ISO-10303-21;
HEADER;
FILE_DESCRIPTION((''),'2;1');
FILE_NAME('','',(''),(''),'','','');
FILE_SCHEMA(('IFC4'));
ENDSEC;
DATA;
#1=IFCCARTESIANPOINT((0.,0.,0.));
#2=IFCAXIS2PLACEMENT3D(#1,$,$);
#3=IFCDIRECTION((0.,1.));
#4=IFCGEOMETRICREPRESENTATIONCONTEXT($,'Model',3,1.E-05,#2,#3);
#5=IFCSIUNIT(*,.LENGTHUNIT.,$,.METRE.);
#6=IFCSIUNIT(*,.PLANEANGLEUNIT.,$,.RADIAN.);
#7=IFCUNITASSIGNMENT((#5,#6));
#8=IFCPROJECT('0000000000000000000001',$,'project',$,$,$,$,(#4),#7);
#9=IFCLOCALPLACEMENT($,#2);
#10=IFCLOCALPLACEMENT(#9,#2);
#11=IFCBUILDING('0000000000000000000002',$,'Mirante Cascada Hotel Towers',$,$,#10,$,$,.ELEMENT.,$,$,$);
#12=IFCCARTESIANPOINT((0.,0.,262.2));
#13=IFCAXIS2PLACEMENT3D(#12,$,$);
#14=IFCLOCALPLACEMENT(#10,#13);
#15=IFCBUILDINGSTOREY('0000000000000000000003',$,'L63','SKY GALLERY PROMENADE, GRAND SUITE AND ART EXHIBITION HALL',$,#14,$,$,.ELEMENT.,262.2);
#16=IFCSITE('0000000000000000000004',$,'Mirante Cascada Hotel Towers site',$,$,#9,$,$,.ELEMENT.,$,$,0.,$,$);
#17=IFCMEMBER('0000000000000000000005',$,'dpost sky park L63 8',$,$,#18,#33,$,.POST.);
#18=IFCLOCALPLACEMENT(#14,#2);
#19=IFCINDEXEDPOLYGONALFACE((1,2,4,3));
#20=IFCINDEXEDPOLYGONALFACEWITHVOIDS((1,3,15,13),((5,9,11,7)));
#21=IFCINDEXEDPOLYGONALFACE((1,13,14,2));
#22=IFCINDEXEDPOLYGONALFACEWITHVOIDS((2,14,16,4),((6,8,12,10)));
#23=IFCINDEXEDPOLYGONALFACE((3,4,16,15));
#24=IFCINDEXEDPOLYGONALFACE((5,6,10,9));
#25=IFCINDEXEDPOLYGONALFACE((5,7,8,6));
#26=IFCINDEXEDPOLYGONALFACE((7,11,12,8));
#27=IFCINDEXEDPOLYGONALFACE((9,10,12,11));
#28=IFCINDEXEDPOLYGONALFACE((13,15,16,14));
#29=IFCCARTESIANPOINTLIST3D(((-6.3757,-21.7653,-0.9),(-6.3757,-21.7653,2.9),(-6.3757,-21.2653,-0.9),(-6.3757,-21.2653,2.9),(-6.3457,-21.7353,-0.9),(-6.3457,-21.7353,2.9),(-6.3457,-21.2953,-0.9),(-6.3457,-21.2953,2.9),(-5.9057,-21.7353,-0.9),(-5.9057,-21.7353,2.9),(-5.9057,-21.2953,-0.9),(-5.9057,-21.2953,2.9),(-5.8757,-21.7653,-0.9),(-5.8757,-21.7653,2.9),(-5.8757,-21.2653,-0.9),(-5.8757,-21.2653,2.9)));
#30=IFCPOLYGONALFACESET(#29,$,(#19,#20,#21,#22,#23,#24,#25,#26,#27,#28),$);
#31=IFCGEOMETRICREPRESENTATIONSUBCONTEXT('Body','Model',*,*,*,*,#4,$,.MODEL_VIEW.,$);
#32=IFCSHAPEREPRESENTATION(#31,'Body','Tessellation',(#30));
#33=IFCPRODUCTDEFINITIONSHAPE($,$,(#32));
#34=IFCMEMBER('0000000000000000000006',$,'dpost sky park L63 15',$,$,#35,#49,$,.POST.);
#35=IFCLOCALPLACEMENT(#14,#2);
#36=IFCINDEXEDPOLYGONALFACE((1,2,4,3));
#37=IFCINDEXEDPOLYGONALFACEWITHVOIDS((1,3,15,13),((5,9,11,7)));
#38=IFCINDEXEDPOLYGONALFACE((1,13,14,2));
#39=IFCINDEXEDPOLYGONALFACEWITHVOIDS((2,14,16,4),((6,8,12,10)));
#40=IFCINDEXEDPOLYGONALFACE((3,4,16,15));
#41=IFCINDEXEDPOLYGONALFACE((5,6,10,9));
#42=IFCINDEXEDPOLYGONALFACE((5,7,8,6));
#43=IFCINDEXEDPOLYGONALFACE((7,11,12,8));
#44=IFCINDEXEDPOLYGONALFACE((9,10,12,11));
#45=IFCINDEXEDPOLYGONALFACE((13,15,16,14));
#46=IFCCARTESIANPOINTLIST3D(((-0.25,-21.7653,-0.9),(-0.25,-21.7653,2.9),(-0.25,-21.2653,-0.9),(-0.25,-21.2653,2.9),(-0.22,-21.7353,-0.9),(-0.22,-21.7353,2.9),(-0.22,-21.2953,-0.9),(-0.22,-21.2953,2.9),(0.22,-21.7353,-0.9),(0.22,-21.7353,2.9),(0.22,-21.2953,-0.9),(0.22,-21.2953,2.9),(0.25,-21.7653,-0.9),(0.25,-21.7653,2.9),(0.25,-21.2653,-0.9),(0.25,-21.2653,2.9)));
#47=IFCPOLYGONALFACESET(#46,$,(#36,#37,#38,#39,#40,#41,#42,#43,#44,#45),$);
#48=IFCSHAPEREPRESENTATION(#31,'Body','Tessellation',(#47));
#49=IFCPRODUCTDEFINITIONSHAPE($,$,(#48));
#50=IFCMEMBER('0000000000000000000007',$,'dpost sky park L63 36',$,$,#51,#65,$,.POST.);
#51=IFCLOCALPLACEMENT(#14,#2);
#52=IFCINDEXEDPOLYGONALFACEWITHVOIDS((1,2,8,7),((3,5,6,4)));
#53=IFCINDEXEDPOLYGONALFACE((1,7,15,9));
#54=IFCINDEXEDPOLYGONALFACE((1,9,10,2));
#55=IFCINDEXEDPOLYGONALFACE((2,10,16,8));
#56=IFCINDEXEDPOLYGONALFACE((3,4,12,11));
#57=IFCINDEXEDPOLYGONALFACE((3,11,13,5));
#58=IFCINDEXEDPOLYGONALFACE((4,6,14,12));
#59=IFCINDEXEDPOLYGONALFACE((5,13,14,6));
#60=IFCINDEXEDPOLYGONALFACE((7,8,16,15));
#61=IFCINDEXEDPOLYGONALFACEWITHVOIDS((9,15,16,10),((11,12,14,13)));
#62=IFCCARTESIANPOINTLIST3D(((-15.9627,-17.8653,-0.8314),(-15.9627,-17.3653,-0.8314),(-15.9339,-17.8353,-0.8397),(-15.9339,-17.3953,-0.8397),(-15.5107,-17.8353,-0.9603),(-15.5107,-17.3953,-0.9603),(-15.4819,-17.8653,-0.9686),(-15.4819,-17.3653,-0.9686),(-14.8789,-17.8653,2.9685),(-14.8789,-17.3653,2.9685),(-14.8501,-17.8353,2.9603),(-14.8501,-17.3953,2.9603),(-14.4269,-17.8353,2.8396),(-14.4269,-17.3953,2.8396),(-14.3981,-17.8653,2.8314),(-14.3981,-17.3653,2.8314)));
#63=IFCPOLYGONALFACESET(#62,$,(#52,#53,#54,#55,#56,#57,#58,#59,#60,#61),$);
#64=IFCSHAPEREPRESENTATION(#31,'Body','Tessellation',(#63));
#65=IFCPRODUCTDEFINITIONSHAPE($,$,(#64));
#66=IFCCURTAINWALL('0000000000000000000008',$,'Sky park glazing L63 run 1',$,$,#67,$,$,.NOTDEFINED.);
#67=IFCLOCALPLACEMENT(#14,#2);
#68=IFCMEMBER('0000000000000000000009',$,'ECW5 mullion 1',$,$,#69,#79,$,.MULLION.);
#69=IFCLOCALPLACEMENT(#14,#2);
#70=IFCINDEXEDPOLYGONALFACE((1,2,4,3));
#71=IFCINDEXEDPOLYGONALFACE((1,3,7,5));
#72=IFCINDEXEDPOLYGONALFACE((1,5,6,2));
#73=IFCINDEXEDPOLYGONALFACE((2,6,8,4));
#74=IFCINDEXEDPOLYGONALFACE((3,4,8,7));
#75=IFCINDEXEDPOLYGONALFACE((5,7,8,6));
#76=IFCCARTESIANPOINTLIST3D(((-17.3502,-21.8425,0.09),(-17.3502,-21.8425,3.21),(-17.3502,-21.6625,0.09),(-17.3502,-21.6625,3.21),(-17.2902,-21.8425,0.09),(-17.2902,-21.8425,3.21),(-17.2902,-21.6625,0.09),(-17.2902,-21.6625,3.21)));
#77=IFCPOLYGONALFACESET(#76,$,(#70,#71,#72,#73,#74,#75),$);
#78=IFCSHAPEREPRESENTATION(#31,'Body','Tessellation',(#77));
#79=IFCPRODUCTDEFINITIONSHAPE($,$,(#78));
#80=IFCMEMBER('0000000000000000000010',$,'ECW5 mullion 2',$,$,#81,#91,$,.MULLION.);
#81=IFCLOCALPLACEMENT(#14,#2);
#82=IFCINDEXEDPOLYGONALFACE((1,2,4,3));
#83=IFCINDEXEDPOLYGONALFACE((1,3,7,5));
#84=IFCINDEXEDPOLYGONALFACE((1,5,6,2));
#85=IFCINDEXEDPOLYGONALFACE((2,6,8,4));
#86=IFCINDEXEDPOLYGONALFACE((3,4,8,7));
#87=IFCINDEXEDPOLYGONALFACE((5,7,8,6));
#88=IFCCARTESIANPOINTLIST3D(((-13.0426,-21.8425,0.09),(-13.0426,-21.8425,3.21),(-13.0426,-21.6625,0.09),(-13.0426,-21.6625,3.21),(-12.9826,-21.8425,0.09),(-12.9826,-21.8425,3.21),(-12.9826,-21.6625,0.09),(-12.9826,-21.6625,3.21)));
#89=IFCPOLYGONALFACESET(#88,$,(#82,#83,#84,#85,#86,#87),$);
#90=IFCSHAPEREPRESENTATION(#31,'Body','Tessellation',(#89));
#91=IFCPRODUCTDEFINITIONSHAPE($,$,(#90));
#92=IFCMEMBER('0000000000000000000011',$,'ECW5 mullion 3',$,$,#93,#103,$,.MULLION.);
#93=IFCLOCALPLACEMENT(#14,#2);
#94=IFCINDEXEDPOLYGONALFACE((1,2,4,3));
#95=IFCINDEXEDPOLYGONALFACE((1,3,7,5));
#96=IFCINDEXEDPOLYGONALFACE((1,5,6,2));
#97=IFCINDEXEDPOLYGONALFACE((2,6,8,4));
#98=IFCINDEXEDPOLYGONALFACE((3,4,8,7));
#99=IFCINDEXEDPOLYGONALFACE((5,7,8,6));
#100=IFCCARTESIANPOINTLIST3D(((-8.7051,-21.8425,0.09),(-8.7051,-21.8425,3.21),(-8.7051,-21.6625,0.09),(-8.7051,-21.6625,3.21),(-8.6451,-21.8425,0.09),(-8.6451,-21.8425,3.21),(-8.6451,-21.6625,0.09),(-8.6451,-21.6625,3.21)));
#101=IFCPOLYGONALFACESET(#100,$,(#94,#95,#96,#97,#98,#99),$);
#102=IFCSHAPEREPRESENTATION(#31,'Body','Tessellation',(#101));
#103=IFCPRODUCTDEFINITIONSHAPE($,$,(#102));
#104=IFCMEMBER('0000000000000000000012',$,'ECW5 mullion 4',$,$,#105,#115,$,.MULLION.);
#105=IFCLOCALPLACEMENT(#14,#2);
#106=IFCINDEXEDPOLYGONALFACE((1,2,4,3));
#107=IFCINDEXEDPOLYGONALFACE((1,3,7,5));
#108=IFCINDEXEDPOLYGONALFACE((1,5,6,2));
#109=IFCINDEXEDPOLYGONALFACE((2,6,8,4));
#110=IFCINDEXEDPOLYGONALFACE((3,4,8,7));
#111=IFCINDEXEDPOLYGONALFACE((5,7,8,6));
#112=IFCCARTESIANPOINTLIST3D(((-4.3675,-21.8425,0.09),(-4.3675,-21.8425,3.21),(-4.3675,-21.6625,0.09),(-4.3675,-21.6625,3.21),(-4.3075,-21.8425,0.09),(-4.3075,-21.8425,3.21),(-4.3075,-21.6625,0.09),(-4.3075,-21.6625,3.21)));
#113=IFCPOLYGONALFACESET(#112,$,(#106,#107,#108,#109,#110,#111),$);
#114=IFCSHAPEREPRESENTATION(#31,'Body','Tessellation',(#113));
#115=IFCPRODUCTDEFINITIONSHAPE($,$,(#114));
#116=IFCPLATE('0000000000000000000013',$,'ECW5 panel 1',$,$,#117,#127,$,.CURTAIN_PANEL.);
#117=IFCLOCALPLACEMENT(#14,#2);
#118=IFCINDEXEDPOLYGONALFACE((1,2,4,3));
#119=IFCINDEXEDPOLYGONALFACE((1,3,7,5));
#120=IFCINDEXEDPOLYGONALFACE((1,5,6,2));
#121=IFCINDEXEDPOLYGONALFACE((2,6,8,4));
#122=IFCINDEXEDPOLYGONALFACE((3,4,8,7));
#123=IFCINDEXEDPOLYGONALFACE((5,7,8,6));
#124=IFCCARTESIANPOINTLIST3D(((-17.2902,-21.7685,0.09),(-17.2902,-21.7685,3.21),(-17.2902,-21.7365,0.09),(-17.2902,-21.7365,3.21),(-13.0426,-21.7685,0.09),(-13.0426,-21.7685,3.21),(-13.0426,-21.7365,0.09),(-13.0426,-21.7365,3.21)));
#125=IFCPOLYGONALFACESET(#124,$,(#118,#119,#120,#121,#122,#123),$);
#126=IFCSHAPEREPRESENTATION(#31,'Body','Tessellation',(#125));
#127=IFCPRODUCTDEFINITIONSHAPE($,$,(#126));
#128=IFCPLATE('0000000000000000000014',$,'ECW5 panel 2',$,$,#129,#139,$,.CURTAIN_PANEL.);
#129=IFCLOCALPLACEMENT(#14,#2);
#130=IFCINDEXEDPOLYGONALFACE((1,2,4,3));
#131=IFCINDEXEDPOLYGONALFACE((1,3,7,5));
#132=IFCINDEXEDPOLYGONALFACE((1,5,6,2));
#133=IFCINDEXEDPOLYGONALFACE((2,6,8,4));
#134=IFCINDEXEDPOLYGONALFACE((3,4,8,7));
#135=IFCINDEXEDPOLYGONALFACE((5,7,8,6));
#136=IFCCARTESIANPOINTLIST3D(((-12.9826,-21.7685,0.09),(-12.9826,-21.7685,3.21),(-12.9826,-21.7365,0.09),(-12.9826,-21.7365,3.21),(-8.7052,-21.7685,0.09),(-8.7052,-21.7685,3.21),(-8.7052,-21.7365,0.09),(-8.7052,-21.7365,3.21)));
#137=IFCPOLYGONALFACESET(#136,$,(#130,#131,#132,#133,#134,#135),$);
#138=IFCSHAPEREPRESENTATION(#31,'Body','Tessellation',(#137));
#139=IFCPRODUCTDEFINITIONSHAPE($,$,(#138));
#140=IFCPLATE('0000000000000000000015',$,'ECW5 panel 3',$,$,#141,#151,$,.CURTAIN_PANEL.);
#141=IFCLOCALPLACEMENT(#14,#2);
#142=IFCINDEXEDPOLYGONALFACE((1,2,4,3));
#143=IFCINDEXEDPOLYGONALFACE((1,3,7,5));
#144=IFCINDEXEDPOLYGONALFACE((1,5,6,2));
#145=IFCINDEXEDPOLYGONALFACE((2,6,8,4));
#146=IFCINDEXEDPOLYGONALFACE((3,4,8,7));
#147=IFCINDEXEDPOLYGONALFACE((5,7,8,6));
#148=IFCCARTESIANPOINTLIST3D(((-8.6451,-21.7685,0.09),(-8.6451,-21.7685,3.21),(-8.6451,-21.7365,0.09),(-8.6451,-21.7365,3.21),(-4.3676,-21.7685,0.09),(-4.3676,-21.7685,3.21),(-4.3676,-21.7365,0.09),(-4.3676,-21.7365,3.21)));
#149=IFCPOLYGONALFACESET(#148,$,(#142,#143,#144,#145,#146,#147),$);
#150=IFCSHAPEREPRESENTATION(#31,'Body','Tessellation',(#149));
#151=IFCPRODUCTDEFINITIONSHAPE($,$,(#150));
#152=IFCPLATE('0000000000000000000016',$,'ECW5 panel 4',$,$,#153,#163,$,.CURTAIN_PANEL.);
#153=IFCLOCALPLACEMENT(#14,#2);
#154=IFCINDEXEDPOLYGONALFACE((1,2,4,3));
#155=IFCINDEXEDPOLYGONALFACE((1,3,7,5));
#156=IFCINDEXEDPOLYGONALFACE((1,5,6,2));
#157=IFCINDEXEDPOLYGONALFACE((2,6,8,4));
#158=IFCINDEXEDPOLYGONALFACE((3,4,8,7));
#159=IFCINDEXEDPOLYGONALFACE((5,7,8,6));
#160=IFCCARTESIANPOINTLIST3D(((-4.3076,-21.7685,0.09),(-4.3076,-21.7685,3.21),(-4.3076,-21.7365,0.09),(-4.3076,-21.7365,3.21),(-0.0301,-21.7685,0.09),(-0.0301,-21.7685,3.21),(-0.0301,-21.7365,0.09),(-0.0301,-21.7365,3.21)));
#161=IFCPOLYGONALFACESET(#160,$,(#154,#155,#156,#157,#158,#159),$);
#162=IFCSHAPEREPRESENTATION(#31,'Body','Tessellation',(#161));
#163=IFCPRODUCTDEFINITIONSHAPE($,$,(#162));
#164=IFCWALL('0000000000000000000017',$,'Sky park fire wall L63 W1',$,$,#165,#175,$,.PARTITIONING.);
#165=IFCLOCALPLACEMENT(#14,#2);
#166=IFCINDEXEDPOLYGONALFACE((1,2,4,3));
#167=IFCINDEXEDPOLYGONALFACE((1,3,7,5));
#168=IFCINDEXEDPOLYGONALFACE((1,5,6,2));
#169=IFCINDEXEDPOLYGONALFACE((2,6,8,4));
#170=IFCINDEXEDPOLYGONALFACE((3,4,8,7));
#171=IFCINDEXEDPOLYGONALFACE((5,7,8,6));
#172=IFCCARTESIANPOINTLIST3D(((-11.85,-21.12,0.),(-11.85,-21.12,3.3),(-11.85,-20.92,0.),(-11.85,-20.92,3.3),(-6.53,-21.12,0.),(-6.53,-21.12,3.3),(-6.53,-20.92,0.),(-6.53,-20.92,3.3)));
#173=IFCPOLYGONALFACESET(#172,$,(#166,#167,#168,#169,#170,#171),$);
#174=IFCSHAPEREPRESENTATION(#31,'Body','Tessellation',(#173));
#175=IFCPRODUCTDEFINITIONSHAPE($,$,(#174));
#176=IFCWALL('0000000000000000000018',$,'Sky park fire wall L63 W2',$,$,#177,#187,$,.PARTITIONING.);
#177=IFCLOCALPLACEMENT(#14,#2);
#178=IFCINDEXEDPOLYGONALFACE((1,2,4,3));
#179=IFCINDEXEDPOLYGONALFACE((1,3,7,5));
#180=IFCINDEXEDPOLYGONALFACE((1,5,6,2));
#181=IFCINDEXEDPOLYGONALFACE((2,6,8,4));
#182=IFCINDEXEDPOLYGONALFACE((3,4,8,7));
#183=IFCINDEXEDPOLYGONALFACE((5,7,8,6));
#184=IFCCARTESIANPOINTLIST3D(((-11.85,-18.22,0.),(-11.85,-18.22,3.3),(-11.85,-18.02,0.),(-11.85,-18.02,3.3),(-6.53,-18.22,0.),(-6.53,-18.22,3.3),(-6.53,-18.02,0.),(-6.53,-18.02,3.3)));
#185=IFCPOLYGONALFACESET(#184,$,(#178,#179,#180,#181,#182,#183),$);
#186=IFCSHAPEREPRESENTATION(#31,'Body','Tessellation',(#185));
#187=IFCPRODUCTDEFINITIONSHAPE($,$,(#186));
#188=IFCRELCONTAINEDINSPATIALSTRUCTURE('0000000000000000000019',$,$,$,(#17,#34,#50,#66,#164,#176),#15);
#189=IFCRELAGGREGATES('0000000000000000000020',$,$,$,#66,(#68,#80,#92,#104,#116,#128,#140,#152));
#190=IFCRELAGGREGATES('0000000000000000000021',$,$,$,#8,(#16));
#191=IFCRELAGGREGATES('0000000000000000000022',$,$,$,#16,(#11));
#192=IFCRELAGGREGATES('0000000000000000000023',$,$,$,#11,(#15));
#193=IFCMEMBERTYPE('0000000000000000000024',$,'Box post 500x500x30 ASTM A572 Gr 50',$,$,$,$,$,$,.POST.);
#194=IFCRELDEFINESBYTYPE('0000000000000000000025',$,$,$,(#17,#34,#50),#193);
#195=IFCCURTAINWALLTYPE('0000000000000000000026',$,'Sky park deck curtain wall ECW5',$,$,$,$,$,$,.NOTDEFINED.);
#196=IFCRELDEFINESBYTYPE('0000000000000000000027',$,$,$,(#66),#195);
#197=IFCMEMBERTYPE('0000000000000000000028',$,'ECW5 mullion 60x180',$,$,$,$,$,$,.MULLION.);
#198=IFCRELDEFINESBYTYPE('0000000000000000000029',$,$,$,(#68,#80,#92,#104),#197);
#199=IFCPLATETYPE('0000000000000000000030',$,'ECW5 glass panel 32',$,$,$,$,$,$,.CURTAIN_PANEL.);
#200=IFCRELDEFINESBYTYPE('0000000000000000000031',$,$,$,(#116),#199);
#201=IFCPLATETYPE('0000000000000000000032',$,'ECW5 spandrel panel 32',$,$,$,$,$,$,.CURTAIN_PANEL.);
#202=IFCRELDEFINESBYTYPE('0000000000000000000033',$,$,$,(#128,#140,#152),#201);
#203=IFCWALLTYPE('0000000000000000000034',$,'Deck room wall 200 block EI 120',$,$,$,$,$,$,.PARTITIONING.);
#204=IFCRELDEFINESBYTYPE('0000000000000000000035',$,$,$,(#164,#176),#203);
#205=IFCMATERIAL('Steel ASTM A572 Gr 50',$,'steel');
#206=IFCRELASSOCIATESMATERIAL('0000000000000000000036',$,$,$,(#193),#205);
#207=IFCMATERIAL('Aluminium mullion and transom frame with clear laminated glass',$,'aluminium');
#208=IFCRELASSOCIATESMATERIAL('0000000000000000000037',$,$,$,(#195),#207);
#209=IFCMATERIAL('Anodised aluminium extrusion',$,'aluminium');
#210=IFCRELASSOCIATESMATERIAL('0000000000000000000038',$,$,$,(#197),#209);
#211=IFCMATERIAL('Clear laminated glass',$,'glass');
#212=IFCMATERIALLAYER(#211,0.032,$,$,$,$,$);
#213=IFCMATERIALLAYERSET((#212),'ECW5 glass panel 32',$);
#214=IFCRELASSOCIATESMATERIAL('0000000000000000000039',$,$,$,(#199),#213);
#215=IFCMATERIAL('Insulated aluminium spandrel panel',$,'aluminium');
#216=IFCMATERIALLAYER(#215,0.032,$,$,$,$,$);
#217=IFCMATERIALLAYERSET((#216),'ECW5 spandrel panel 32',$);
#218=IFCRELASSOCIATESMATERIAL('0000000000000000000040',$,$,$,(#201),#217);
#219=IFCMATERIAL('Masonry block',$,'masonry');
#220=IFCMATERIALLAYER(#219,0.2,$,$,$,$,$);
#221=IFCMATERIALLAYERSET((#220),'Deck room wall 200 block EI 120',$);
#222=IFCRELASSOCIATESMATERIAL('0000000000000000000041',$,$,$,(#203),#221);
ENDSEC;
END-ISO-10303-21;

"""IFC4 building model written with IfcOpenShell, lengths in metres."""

from ifc_helpers import new_model, si_unit, direction, frame, frame_2d, origin, origin_2d, place, context, subcontext, project, spatial, rectangle, hollow_rectangle, extrude, material, layer, layer_set, material_profile, profile_set, type_object, element, aggregate, save


model = new_model("IFC4")

# Units and contexts
model_context = context("Model", 3, precision=1e-05, world=origin(), true_north=direction((0.0, 1.0)))
body_context = subcontext(model_context, "Body", "Model", "MODEL_VIEW")
ifc_project = project(units=[si_unit("LENGTHUNIT", "METRE"), si_unit("PLANEANGLEUNIT", "RADIAN")], contexts=[model_context])

# Site, building, storey
site_placement = place(None, origin())
site = spatial("IfcSite", under=ifc_project, at=site_placement, Name="Mirante Cascada Hotel Towers site", CompositionType="ELEMENT", RefElevation=0.0)
building_placement = place(site_placement, origin())
building = spatial("IfcBuilding", under=site, at=building_placement, Name="Mirante Cascada Hotel Towers", CompositionType="ELEMENT")
storey_placement = place(building_placement, frame((0.0, 0.0, 262.2)))
storey = spatial("IfcBuildingStorey", under=building, at=storey_placement, Name="L63", Description="SKY GALLERY PROMENADE, GRAND SUITE AND ART EXHIBITION HALL", CompositionType="ELEMENT", Elevation=262.2)

# Members
ifc_material_1 = material(Name="Steel ASTM A572 Gr 50", Category="steel")
ifc_material_profile_1 = material_profile(ifc_material_1, hollow_rectangle(XDim=0.5, YDim=0.5, WallThickness=0.03, at=origin_2d()), Name="Box post 500x500x30 ASTM A572 Gr 50")
ifc_profile_set_1 = profile_set([ifc_material_profile_1], Name="Steel ASTM A572 Gr 50")
member_type_1 = type_object("IfcMemberType", Name="Box post 500x500x30 ASTM A572 Gr 50", PredefinedType="POST", material=ifc_profile_set_1)
for number, where, z_axis, x_axis, name in (
    (1, (-6.1257, -21.5153, -0.9), (0.0, 0.0, 1.0), (1.0, 0.0, 0.0), "dpost sky park L63 8"),
    (2, (0.0, -21.5153, -0.9), (0.0, 0.0, 1.0), (1.0, 0.0, 0.0), "dpost sky park L63 15"),
):
    element("IfcMember", number, at=place(storey_placement, frame(where, z_axis=z_axis, x_axis=x_axis)), inside=storey, type_object=member_type_1, Name=name, PredefinedType="POST", context=body_context, shape_type="SweptSolid", body=[
        extrude(hollow_rectangle(XDim=0.5, YDim=0.5, WallThickness=0.03, at=origin_2d()), origin(), (0.0, 0.0, 1.0), 3.8),
    ])
member_1_placement = place(storey_placement, frame((-15.7223, -17.6153, -0.9), z_axis=(0.274273, 0.0, 0.961652), x_axis=(0.0, 1.0, 0.0)))
element("IfcMember", 3, at=member_1_placement, inside=storey, type_object=member_type_1, Name="dpost sky park L63 36", PredefinedType="POST", context=body_context, shape_type="SweptSolid", body=[
    extrude(hollow_rectangle(XDim=0.5, YDim=0.5, WallThickness=0.03, at=origin_2d()), origin(), (0.0, 0.0, 1.0), 3.9515),
])

# Curtain wall, members, plates
ifc_material_2 = material(Name="Aluminium mullion and transom frame with clear laminated glass", Category="aluminium")
curtain_wall_type = type_object("IfcCurtainWallType", Name="Sky park deck curtain wall ECW5", PredefinedType="NOTDEFINED", material=ifc_material_2)
curtain_wall_placement = place(storey_placement, origin())
curtain_wall = element("IfcCurtainWall", 4, at=curtain_wall_placement, inside=storey, type_object=curtain_wall_type, Name="Sky park glazing L63 run 1", PredefinedType="NOTDEFINED")
ifc_material_3 = material(Name="Anodised aluminium extrusion", Category="aluminium")
ifc_material_profile_2 = material_profile(ifc_material_3, rectangle(XDim=0.18, YDim=0.06, at=origin_2d()), Name="ECW5 MULLION 60x180")
ifc_profile_set_2 = profile_set([ifc_material_profile_2], Name="Anodised aluminium extrusion")
member_type_2 = type_object("IfcMemberType", Name="ECW5 mullion 60x180", PredefinedType="MULLION", material=ifc_profile_set_2)
member_2_placement = place(storey_placement, frame((-17.3202, -21.7525, 0.09), z_axis=(0.0, 0.0, 1.0), x_axis=(0.0, 1.0, 0.0)))
member_2 = element("IfcMember", 5, at=member_2_placement, type_object=member_type_2, Name="ECW5 mullion 1", PredefinedType="MULLION", context=body_context, shape_type="SweptSolid", body=[
    extrude(rectangle(XDim=0.18, YDim=0.06, at=origin_2d()), origin(), (0.0, 0.0, 1.0), 3.12),
])
member_3_placement = place(storey_placement, frame((-13.0126, -21.7525, 0.09), z_axis=(0.0, 0.0, 1.0), x_axis=(0.0, 1.0, 0.0)))
member_3 = element("IfcMember", 6, at=member_3_placement, type_object=member_type_2, Name="ECW5 mullion 2", PredefinedType="MULLION", context=body_context, shape_type="SweptSolid", body=[
    extrude(rectangle(XDim=0.18, YDim=0.06, at=origin_2d()), origin(), (0.0, 0.0, 1.0), 3.12),
])
member_4_placement = place(storey_placement, frame((-8.6751, -21.7525, 0.09), z_axis=(0.0, 0.0, 1.0), x_axis=(0.0, 1.0, 0.0)))
member_4 = element("IfcMember", 7, at=member_4_placement, type_object=member_type_2, Name="ECW5 mullion 3", PredefinedType="MULLION", context=body_context, shape_type="SweptSolid", body=[
    extrude(rectangle(XDim=0.18, YDim=0.06, at=origin_2d()), origin(), (0.0, 0.0, 1.0), 3.12),
])
member_5_placement = place(storey_placement, frame((-4.3375, -21.7525, 0.09), z_axis=(0.0, 0.0, 1.0), x_axis=(0.0, 1.0, 0.0)))
member_5 = element("IfcMember", 8, at=member_5_placement, type_object=member_type_2, Name="ECW5 mullion 4", PredefinedType="MULLION", context=body_context, shape_type="SweptSolid", body=[
    extrude(rectangle(XDim=0.18, YDim=0.06, at=origin_2d()), origin(), (0.0, 0.0, 1.0), 3.12),
])
ifc_material_4 = material(Name="Clear laminated glass", Category="glass")
ifc_layer_1 = layer(ifc_material_4, 0.032)
ifc_layer_set_1 = layer_set([ifc_layer_1], Name="ECW5 glass panel 32")
plate_type_1 = type_object("IfcPlateType", Name="ECW5 glass panel 32", PredefinedType="CURTAIN_PANEL", material=ifc_layer_set_1)
plate_1_placement = place(storey_placement, frame((-15.1664, -21.7525, 0.09), z_axis=(0.0, 0.0, 1.0), x_axis=(1.0, 0.0, 0.0)))
plate_1 = element("IfcPlate", 9, at=plate_1_placement, type_object=plate_type_1, Name="ECW5 panel 1", PredefinedType="CURTAIN_PANEL", context=body_context, shape_type="SweptSolid", body=[
    extrude(rectangle(XDim=4.2475, YDim=0.032, at=origin_2d()), origin(), (0.0, 0.0, 1.0), 3.12),
])
ifc_material_5 = material(Name="Insulated aluminium spandrel panel", Category="aluminium")
ifc_layer_2 = layer(ifc_material_5, 0.032)
ifc_layer_set_2 = layer_set([ifc_layer_2], Name="ECW5 spandrel panel 32")
plate_type_2 = type_object("IfcPlateType", Name="ECW5 spandrel panel 32", PredefinedType="CURTAIN_PANEL", material=ifc_layer_set_2)
plate_2_placement = place(storey_placement, frame((-10.8439, -21.7525, 0.09), z_axis=(0.0, 0.0, 1.0), x_axis=(1.0, 0.0, 0.0)))
plate_2 = element("IfcPlate", 10, at=plate_2_placement, type_object=plate_type_2, Name="ECW5 panel 2", PredefinedType="CURTAIN_PANEL", context=body_context, shape_type="SweptSolid", body=[
    extrude(rectangle(XDim=4.2775, YDim=0.032, at=origin_2d()), origin(), (0.0, 0.0, 1.0), 3.12),
])
plate_3_placement = place(storey_placement, frame((-6.5063, -21.7525, 0.09), z_axis=(0.0, 0.0, 1.0), x_axis=(1.0, 0.0, 0.0)))
plate_3 = element("IfcPlate", 11, at=plate_3_placement, type_object=plate_type_2, Name="ECW5 panel 3", PredefinedType="CURTAIN_PANEL", context=body_context, shape_type="SweptSolid", body=[
    extrude(rectangle(XDim=4.2775, YDim=0.032, at=origin_2d()), origin(), (0.0, 0.0, 1.0), 3.12),
])
plate_4_placement = place(storey_placement, frame((-2.1688, -21.7525, 0.09), z_axis=(0.0, 0.0, 1.0), x_axis=(1.0, 0.0, 0.0)))
plate_4 = element("IfcPlate", 12, at=plate_4_placement, type_object=plate_type_2, Name="ECW5 panel 4", PredefinedType="CURTAIN_PANEL", context=body_context, shape_type="SweptSolid", body=[
    extrude(rectangle(XDim=4.2775, YDim=0.032, at=origin_2d()), origin(), (0.0, 0.0, 1.0), 3.12),
])
aggregate(curtain_wall, [member_2, member_3, member_4, member_5, plate_1, plate_2, plate_3, plate_4])

# Walls
ifc_material_6 = material(Name="Masonry block", Category="masonry")
ifc_layer_3 = layer(ifc_material_6, 0.2)
ifc_layer_set_3 = layer_set([ifc_layer_3], Name="Deck room wall 200 block EI 120")
wall_type_1 = type_object("IfcWallType", Name="Deck room wall 200 block EI 120", PredefinedType="PARTITIONING", material=ifc_layer_set_3)
for number, where, z_axis, x_axis, name in (
    (13, (-11.85, -21.02, 0.0), (0.0, 0.0, 1.0), (1.0, 0.0, 0.0), "Sky park fire wall L63 W1"),
    (14, (-11.85, -18.12, 0.0), (0.0, 0.0, 1.0), (1.0, 0.0, 0.0), "Sky park fire wall L63 W2"),
):
    element("IfcWall", number, at=place(storey_placement, frame(where, z_axis=z_axis, x_axis=x_axis)), inside=storey, type_object=wall_type_1, Name=name, PredefinedType="PARTITIONING", context=body_context, shape_type="SweptSolid", body=[
        extrude(rectangle(XDim=5.32, YDim=0.2, at=frame_2d((2.66, 0.0))), origin(), (0.0, 0.0, 1.0), 3.3),
    ])

save(model, "model.ifc")
